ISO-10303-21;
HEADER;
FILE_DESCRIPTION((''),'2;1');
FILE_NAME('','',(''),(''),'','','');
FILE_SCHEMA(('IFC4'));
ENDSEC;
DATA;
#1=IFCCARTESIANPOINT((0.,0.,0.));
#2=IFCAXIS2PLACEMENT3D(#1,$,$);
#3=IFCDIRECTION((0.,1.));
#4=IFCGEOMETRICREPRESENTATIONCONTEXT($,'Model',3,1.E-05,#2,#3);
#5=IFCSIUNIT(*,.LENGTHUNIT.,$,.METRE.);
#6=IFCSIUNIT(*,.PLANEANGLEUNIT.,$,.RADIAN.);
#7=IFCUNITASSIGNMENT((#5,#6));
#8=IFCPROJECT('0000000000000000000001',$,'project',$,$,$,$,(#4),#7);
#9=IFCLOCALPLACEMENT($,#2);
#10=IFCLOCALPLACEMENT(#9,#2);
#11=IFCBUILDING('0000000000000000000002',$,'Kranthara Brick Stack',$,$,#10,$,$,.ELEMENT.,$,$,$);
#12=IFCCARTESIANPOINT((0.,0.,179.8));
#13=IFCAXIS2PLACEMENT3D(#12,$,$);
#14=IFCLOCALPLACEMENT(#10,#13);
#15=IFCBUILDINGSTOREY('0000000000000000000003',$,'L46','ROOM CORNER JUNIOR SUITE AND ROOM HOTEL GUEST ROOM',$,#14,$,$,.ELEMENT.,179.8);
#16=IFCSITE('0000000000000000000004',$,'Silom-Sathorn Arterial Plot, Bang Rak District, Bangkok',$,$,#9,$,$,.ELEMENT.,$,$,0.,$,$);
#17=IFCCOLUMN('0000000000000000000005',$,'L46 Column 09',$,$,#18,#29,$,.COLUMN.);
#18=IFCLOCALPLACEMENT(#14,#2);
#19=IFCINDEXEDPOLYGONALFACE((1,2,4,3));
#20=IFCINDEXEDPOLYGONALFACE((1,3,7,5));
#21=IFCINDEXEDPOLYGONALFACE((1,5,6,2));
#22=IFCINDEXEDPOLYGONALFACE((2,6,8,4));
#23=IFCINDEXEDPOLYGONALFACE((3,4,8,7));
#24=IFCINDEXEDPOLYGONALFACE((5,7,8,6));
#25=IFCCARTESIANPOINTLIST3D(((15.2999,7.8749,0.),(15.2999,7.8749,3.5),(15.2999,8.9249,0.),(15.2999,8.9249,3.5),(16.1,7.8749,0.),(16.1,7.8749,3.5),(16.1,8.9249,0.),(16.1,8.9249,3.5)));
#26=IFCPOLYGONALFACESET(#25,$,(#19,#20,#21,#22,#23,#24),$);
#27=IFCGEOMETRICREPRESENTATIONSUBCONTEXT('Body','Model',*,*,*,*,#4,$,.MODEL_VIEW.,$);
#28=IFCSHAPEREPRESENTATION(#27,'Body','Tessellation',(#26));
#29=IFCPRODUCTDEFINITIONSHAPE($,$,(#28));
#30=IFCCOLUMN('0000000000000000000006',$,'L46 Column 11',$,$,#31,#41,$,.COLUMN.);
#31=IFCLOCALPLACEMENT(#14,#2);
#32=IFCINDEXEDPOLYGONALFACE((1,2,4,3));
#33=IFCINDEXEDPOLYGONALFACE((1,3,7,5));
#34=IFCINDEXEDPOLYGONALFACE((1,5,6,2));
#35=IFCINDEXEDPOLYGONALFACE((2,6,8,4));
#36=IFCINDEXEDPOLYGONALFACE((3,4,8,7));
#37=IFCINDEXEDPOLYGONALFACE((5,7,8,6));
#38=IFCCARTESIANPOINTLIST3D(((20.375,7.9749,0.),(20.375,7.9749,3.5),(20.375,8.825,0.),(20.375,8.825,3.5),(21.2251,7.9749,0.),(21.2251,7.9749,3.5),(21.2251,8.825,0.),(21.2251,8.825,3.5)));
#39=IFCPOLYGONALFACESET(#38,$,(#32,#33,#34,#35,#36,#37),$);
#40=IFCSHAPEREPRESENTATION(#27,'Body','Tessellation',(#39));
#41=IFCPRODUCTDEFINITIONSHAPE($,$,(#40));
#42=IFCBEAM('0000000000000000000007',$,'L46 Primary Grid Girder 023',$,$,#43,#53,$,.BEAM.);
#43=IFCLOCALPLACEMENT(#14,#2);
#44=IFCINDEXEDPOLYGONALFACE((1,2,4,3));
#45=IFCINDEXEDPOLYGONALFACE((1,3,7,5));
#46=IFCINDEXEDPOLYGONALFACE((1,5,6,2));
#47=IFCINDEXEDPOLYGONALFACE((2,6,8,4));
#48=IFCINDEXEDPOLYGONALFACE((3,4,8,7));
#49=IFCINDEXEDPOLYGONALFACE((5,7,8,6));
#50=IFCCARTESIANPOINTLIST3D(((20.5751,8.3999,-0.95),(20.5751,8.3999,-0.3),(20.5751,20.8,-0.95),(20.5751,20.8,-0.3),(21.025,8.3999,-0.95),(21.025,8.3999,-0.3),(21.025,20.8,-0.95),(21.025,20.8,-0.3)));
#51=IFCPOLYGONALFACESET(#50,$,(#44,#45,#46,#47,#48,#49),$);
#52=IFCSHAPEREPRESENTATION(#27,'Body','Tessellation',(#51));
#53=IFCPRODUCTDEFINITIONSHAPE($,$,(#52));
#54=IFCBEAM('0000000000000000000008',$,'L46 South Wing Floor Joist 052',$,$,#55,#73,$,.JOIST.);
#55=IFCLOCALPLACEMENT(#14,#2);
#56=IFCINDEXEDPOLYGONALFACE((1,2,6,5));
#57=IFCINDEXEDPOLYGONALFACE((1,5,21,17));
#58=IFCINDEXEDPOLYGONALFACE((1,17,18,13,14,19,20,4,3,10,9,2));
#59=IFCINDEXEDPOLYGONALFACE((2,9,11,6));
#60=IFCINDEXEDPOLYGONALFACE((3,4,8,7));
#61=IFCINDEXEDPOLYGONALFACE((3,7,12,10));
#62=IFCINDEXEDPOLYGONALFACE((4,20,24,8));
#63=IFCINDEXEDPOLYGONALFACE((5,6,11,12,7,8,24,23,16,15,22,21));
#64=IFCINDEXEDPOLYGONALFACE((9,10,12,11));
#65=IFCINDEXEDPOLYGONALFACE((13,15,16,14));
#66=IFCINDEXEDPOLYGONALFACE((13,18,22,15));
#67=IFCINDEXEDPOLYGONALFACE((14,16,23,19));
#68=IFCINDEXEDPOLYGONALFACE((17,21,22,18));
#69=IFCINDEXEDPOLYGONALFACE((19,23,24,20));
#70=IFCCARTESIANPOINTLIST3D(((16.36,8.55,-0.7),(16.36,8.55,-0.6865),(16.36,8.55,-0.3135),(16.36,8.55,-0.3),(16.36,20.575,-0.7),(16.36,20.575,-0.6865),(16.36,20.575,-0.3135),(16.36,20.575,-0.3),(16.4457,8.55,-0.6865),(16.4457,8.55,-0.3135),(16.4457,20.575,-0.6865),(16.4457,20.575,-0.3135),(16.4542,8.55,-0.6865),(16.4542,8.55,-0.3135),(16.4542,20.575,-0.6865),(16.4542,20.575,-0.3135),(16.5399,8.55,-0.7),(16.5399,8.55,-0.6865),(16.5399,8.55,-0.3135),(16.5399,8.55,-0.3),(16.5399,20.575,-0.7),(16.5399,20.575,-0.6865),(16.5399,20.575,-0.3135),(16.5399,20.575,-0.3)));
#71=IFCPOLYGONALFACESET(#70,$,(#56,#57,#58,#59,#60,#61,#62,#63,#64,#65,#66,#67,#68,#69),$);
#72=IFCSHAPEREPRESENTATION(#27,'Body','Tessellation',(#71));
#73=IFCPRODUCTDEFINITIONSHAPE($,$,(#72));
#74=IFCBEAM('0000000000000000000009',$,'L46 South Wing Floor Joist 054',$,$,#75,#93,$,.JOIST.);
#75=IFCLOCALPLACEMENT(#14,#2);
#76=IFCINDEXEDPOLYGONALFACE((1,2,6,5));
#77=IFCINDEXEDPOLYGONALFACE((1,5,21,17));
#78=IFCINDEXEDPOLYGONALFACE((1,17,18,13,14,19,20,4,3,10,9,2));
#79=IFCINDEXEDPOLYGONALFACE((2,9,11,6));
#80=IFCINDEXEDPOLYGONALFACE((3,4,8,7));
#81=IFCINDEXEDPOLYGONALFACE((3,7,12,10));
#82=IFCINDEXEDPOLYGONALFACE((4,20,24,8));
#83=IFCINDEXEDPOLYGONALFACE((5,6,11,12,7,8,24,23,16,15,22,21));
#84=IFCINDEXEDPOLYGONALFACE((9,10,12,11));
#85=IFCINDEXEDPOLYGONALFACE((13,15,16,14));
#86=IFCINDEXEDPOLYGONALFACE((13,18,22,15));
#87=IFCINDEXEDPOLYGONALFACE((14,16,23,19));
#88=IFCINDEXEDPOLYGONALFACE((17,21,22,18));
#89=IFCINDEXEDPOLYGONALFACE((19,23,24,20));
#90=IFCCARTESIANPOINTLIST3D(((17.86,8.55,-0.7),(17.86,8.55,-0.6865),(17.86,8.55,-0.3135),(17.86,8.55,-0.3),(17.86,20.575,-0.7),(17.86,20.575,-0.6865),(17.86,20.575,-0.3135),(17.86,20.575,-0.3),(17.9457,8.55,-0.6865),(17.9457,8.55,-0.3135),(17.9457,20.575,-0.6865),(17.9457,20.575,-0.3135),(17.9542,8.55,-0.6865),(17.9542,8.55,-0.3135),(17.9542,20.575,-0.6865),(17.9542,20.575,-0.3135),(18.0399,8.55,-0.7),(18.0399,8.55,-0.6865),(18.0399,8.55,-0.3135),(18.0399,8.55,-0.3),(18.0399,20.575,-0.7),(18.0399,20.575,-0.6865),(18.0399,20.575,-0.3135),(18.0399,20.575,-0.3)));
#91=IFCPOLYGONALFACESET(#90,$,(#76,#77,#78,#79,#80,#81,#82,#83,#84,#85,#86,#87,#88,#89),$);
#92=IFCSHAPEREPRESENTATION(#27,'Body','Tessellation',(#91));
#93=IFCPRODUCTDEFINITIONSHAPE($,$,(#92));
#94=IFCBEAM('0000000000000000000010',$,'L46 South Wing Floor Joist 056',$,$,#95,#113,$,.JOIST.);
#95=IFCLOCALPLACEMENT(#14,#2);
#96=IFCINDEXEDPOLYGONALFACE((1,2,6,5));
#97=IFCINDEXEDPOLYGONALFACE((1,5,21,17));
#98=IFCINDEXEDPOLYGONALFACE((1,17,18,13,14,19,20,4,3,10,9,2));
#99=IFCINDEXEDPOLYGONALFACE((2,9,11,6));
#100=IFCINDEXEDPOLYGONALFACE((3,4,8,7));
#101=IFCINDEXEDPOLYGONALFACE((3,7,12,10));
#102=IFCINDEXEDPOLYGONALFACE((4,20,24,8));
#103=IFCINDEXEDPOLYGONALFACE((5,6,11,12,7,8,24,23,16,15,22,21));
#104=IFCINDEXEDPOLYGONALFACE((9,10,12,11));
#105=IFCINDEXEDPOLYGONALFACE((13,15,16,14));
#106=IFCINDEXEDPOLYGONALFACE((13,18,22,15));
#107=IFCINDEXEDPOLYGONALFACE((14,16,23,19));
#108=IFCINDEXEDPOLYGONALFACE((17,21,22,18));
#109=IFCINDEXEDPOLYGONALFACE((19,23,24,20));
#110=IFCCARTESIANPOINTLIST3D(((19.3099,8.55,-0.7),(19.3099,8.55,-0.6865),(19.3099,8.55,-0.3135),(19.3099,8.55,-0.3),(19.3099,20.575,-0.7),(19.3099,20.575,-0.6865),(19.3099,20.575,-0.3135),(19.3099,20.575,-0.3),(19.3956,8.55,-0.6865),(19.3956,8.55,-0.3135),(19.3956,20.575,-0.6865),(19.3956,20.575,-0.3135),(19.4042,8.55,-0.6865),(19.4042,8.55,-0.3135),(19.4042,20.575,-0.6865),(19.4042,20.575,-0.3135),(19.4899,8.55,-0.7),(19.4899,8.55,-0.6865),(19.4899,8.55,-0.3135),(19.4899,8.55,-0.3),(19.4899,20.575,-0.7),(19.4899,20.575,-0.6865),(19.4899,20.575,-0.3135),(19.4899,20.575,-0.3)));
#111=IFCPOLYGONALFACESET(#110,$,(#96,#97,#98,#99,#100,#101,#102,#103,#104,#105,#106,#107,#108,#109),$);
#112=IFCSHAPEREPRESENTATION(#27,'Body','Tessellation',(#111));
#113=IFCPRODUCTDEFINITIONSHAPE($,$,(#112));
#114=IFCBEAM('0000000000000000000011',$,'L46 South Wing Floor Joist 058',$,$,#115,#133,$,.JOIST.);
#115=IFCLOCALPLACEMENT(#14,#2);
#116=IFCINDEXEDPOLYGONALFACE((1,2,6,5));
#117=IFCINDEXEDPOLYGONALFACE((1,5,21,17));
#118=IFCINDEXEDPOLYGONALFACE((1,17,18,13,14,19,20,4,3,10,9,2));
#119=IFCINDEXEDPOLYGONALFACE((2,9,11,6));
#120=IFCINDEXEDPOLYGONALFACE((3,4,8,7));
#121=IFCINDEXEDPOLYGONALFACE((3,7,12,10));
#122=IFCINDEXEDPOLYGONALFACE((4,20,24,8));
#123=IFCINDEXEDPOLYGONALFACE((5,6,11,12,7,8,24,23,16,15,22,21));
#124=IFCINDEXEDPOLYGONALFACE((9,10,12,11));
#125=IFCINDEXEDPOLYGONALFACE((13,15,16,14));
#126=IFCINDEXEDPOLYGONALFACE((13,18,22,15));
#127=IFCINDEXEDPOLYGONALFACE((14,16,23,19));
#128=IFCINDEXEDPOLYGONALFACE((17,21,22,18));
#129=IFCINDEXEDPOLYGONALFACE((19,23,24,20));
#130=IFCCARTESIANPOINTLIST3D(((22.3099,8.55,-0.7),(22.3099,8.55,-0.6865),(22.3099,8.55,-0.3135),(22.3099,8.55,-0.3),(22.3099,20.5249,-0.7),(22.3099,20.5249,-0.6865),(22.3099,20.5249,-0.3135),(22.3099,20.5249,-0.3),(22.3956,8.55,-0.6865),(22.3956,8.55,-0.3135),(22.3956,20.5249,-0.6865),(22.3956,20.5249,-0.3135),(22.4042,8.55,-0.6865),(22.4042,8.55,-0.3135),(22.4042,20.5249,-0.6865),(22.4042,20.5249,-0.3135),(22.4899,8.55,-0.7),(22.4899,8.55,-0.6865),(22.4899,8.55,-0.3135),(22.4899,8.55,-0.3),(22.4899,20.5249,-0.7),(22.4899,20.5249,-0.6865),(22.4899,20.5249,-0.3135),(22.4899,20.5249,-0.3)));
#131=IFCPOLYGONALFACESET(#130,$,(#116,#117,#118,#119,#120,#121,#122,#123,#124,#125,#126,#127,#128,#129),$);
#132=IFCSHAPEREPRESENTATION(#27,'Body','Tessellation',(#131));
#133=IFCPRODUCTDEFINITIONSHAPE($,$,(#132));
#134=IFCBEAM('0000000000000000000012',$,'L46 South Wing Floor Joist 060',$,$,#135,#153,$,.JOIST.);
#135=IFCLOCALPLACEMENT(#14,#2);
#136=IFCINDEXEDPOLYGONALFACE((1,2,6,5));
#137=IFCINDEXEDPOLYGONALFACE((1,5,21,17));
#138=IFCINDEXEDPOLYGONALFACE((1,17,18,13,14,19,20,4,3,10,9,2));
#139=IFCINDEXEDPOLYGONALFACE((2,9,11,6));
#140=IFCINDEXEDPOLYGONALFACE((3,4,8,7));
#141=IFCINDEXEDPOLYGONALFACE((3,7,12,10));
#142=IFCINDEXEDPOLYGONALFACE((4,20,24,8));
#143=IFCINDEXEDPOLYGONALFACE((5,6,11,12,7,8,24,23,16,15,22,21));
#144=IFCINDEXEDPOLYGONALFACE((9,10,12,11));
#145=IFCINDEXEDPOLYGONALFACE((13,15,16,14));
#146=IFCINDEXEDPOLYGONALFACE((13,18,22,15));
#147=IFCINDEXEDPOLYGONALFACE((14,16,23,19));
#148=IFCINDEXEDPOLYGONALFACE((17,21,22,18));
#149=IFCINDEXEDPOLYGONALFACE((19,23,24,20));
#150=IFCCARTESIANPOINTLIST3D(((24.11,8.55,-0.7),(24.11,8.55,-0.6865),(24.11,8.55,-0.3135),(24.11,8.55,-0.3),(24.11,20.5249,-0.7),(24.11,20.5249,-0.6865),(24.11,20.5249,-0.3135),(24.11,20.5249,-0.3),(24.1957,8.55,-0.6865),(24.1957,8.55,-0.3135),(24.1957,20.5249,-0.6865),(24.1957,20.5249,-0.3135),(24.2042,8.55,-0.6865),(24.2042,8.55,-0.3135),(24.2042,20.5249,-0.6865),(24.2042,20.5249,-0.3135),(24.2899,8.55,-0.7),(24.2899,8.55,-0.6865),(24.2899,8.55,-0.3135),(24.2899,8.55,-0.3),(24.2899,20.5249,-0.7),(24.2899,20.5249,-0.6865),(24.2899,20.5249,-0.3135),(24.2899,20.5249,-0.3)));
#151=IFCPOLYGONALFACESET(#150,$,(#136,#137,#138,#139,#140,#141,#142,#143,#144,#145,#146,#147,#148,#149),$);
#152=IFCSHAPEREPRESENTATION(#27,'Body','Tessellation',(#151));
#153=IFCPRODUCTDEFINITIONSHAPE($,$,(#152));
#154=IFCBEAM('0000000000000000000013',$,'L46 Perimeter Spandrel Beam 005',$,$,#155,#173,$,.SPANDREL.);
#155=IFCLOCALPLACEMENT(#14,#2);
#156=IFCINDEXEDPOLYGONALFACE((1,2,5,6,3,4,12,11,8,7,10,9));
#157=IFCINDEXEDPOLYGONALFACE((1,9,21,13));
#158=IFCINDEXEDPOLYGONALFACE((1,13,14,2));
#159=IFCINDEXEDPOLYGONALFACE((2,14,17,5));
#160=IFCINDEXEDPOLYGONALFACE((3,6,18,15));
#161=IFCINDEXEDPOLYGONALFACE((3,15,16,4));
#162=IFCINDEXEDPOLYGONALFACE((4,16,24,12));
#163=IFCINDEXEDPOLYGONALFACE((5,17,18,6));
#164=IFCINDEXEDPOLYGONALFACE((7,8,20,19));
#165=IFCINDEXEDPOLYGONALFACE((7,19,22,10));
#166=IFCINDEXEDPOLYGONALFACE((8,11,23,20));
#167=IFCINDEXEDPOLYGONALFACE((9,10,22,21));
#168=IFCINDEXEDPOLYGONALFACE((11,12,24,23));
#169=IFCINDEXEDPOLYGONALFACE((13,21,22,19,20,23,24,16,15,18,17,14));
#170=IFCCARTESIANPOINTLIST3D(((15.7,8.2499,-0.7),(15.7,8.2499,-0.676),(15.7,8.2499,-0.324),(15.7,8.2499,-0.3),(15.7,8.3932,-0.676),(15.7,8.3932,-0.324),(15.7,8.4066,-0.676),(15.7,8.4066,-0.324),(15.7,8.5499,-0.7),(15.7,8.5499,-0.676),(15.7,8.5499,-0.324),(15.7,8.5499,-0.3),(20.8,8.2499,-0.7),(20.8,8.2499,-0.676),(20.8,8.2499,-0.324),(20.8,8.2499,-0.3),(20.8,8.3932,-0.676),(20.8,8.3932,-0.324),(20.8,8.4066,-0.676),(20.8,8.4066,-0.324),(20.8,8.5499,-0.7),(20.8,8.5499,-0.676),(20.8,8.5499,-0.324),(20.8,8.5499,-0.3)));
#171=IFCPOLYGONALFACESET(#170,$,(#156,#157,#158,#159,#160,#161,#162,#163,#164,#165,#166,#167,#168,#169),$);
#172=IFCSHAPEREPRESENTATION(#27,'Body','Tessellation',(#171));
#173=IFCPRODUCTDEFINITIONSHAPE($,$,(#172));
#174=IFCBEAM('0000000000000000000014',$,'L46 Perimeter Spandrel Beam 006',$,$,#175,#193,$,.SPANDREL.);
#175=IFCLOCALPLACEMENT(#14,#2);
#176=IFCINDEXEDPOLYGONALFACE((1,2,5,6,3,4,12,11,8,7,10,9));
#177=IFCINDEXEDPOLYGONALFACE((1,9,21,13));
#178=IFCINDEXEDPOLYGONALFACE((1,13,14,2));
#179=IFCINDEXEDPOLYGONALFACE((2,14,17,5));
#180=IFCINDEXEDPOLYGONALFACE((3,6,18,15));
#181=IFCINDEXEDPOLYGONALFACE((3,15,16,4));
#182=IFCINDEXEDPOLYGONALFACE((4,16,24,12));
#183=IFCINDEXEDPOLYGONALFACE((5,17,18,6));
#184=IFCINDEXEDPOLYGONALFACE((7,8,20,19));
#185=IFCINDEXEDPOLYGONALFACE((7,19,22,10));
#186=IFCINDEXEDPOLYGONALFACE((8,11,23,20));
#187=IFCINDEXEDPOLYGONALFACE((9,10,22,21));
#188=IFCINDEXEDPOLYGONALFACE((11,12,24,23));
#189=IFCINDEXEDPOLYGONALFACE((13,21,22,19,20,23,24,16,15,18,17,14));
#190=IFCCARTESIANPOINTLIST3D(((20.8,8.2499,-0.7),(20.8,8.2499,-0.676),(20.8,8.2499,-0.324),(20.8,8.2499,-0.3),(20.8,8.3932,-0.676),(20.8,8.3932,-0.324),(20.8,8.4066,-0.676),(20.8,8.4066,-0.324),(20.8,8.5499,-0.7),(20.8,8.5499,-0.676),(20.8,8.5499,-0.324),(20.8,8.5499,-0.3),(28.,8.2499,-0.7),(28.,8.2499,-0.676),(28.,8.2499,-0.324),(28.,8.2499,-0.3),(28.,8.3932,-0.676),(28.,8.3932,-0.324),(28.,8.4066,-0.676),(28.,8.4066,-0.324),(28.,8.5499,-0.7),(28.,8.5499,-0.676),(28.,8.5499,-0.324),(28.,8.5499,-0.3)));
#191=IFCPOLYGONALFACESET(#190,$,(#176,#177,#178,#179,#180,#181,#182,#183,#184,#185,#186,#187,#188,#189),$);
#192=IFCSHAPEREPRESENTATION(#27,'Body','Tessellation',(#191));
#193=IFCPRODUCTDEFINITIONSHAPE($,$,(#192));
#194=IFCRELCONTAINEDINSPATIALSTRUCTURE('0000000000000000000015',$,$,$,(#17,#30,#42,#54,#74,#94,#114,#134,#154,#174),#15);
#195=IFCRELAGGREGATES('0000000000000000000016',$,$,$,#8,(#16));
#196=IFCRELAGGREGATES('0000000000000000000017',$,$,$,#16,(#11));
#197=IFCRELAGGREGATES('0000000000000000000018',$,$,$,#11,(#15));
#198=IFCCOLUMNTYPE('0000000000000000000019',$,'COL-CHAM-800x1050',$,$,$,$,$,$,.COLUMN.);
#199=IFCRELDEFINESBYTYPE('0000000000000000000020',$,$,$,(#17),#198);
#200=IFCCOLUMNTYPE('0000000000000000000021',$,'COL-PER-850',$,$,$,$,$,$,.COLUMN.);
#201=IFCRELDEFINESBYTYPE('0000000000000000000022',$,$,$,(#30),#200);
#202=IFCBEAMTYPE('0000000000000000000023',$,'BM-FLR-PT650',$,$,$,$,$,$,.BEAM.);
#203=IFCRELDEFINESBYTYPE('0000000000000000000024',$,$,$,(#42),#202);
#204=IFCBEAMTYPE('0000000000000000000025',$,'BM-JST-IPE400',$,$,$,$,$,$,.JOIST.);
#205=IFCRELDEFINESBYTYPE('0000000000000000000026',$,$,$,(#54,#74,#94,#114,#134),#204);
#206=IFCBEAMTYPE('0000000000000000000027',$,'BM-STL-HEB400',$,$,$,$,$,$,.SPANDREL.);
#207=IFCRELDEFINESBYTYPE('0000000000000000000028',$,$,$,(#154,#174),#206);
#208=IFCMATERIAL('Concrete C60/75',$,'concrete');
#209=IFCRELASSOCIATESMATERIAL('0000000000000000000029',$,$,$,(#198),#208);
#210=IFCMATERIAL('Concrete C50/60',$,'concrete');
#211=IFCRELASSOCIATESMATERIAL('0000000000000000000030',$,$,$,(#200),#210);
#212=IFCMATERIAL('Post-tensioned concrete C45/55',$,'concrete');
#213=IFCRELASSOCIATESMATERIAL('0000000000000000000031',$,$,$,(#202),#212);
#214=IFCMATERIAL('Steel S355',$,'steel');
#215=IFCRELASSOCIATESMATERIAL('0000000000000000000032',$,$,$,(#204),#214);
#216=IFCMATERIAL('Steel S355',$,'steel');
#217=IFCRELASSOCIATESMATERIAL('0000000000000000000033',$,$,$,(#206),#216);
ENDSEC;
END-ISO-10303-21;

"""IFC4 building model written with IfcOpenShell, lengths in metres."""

from ifc_helpers import new_model, si_unit, direction, frame, origin, origin_2d, place, context, subcontext, project, spatial, rectangle, i_section, extrude, material, material_profile, profile_set, type_object, element, save


model = new_model("IFC4")

# Units and contexts
model_context = context("Model", 3, precision=1e-05, world=origin(), true_north=direction((0.0, 1.0)))
body_context = subcontext(model_context, "Body", "Model", "MODEL_VIEW")
ifc_project = project(units=[si_unit("LENGTHUNIT", "METRE"), si_unit("PLANEANGLEUNIT", "RADIAN")], contexts=[model_context])

# Site, building, storey
site_placement = place(None, origin())
site = spatial("IfcSite", under=ifc_project, at=site_placement, Name="Silom-Sathorn Arterial Plot, Bang Rak District, Bangkok", CompositionType="ELEMENT", RefElevation=0.0)
building_placement = place(site_placement, origin())
building = spatial("IfcBuilding", under=site, at=building_placement, Name="Kranthara Brick Stack", CompositionType="ELEMENT")
storey_placement = place(building_placement, frame((0.0, 0.0, 179.8)))
storey = spatial("IfcBuildingStorey", under=building, at=storey_placement, Name="L46", Description="ROOM CORNER JUNIOR SUITE AND ROOM HOTEL GUEST ROOM", CompositionType="ELEMENT", Elevation=179.8)

# Columns
ifc_material_1 = material(Name="Concrete C60/75", Category="concrete")
ifc_material_profile_1 = material_profile(ifc_material_1, rectangle(XDim=0.8, YDim=1.05, at=origin_2d()), Name="RC 800x1050")
ifc_profile_set_1 = profile_set([ifc_material_profile_1], Name="Concrete C60/75")
column_type_1 = type_object("IfcColumnType", Name="COL-CHAM-800x1050", PredefinedType="COLUMN", material=ifc_profile_set_1)
column_1_placement = place(storey_placement, frame((15.7, 8.3999, 0.0), z_axis=(0.0, 0.0, 1.0), x_axis=(1.0, 0.0, 0.0)))
element("IfcColumn", 1, at=column_1_placement, inside=storey, type_object=column_type_1, Name="L46 Column 09", PredefinedType="COLUMN", context=body_context, shape_type="SweptSolid", body=[
    extrude(rectangle(XDim=0.8, YDim=1.05, at=origin_2d()), origin(), (0.0, 0.0, 1.0), 3.5),
])
ifc_material_2 = material(Name="Concrete C50/60", Category="concrete")
ifc_material_profile_2 = material_profile(ifc_material_2, rectangle(XDim=0.8501, YDim=0.8501, at=origin_2d()), Name="RC 850x850")
ifc_profile_set_2 = profile_set([ifc_material_profile_2], Name="Concrete C50/60")
column_type_2 = type_object("IfcColumnType", Name="COL-PER-850", PredefinedType="COLUMN", material=ifc_profile_set_2)
column_2_placement = place(storey_placement, frame((20.8, 8.3999, 0.0), z_axis=(0.0, 0.0, 1.0), x_axis=(1.0, 0.0, 0.0)))
element("IfcColumn", 2, at=column_2_placement, inside=storey, type_object=column_type_2, Name="L46 Column 11", PredefinedType="COLUMN", context=body_context, shape_type="SweptSolid", body=[
    extrude(rectangle(XDim=0.8501, YDim=0.8501, at=origin_2d()), origin(), (0.0, 0.0, 1.0), 3.5),
])

# Beams
ifc_material_3 = material(Name="Post-tensioned concrete C45/55", Category="concrete")
ifc_material_profile_3 = material_profile(ifc_material_3, rectangle(XDim=0.45, YDim=0.6499, at=origin_2d()), Name="PT 450x650")
ifc_profile_set_3 = profile_set([ifc_material_profile_3], Name="Post-tensioned concrete C45/55")
beam_type_1 = type_object("IfcBeamType", Name="BM-FLR-PT650", PredefinedType="BEAM", material=ifc_profile_set_3)
beam_1_placement = place(storey_placement, frame((20.8, 8.3999, -0.625), z_axis=(0.0, 1.0, 0.0), x_axis=(-1.0, 0.0, 0.0)))
element("IfcBeam", 3, at=beam_1_placement, inside=storey, type_object=beam_type_1, Name="L46 Primary Grid Girder 023", PredefinedType="BEAM", context=body_context, shape_type="SweptSolid", body=[
    extrude(rectangle(XDim=0.45, YDim=0.6499, at=origin_2d()), origin(), (0.0, 0.0, 1.0), 12.4001),
])
ifc_material_4 = material(Name="Steel S355", Category="steel")
ifc_material_profile_4 = material_profile(ifc_material_4, i_section(OverallWidth=0.1799, OverallDepth=0.3999, WebThickness=0.0085, FlangeThickness=0.0134, at=origin_2d()), Name="IPE 400")
ifc_profile_set_4 = profile_set([ifc_material_profile_4], Name="Steel S355")
beam_type_2 = type_object("IfcBeamType", Name="BM-JST-IPE400", PredefinedType="JOIST", material=ifc_profile_set_4)
for number, where, z_axis, x_axis, name in (
    (4, (16.45, 8.55, -0.5), (0.0, 1.0, 0.0), (-1.0, 0.0, 0.0), "L46 South Wing Floor Joist 052"),
    (5, (17.95, 8.55, -0.5), (0.0, 1.0, 0.0), (-1.0, 0.0, 0.0), "L46 South Wing Floor Joist 054"),
    (6, (19.3999, 8.55, -0.5), (0.0, 1.0, 0.0), (-1.0, 0.0, 0.0), "L46 South Wing Floor Joist 056"),
):
    element("IfcBeam", number, at=place(storey_placement, frame(where, z_axis=z_axis, x_axis=x_axis)), inside=storey, type_object=beam_type_2, Name=name, PredefinedType="JOIST", context=body_context, shape_type="SweptSolid", body=[
        extrude(i_section(OverallWidth=0.1799, OverallDepth=0.3999, WebThickness=0.0085, FlangeThickness=0.0134, at=origin_2d()), origin(), (0.0, 0.0, 1.0), 12.0249),
    ])
for number, where, z_axis, x_axis, name in (
    (7, (22.3999, 8.55, -0.5), (0.0, 1.0, 0.0), (-1.0, 0.0, 0.0), "L46 South Wing Floor Joist 058"),
    (8, (24.2, 8.55, -0.5), (0.0, 1.0, 0.0), (-1.0, 0.0, 0.0), "L46 South Wing Floor Joist 060"),
):
    element("IfcBeam", number, at=place(storey_placement, frame(where, z_axis=z_axis, x_axis=x_axis)), inside=storey, type_object=beam_type_2, Name=name, PredefinedType="JOIST", context=body_context, shape_type="SweptSolid", body=[
        extrude(i_section(OverallWidth=0.1799, OverallDepth=0.3999, WebThickness=0.0085, FlangeThickness=0.0134, at=origin_2d()), origin(), (0.0, 0.0, 1.0), 11.9749),
    ])
ifc_material_5 = material(Name="Steel S355", Category="steel")
ifc_material_profile_5 = material_profile(ifc_material_5, i_section(OverallWidth=0.3, OverallDepth=0.3999, WebThickness=0.0134, FlangeThickness=0.0239, at=origin_2d()), Name="HEB 400")
ifc_profile_set_5 = profile_set([ifc_material_profile_5], Name="Steel S355")
beam_type_3 = type_object("IfcBeamType", Name="BM-STL-HEB400", PredefinedType="SPANDREL", material=ifc_profile_set_5)
beam_2_placement = place(storey_placement, frame((15.7, 8.3999, -0.5), z_axis=(1.0, 0.0, 0.0), x_axis=(0.0, 1.0, 0.0)))
element("IfcBeam", 9, at=beam_2_placement, inside=storey, type_object=beam_type_3, Name="L46 Perimeter Spandrel Beam 005", PredefinedType="SPANDREL", context=body_context, shape_type="SweptSolid", body=[
    extrude(i_section(OverallWidth=0.3, OverallDepth=0.3999, WebThickness=0.0134, FlangeThickness=0.0239, at=origin_2d()), origin(), (0.0, 0.0, 1.0), 5.1001),
])
beam_3_placement = place(storey_placement, frame((20.8, 8.3999, -0.5), z_axis=(1.0, 0.0, 0.0), x_axis=(0.0, 1.0, 0.0)))
element("IfcBeam", 10, at=beam_3_placement, inside=storey, type_object=beam_type_3, Name="L46 Perimeter Spandrel Beam 006", PredefinedType="SPANDREL", context=body_context, shape_type="SweptSolid", body=[
    extrude(i_section(OverallWidth=0.3, OverallDepth=0.3999, WebThickness=0.0134, FlangeThickness=0.0239, at=origin_2d()), origin(), (0.0, 0.0, 1.0), 7.2),
])

save(model, "model.ifc")
